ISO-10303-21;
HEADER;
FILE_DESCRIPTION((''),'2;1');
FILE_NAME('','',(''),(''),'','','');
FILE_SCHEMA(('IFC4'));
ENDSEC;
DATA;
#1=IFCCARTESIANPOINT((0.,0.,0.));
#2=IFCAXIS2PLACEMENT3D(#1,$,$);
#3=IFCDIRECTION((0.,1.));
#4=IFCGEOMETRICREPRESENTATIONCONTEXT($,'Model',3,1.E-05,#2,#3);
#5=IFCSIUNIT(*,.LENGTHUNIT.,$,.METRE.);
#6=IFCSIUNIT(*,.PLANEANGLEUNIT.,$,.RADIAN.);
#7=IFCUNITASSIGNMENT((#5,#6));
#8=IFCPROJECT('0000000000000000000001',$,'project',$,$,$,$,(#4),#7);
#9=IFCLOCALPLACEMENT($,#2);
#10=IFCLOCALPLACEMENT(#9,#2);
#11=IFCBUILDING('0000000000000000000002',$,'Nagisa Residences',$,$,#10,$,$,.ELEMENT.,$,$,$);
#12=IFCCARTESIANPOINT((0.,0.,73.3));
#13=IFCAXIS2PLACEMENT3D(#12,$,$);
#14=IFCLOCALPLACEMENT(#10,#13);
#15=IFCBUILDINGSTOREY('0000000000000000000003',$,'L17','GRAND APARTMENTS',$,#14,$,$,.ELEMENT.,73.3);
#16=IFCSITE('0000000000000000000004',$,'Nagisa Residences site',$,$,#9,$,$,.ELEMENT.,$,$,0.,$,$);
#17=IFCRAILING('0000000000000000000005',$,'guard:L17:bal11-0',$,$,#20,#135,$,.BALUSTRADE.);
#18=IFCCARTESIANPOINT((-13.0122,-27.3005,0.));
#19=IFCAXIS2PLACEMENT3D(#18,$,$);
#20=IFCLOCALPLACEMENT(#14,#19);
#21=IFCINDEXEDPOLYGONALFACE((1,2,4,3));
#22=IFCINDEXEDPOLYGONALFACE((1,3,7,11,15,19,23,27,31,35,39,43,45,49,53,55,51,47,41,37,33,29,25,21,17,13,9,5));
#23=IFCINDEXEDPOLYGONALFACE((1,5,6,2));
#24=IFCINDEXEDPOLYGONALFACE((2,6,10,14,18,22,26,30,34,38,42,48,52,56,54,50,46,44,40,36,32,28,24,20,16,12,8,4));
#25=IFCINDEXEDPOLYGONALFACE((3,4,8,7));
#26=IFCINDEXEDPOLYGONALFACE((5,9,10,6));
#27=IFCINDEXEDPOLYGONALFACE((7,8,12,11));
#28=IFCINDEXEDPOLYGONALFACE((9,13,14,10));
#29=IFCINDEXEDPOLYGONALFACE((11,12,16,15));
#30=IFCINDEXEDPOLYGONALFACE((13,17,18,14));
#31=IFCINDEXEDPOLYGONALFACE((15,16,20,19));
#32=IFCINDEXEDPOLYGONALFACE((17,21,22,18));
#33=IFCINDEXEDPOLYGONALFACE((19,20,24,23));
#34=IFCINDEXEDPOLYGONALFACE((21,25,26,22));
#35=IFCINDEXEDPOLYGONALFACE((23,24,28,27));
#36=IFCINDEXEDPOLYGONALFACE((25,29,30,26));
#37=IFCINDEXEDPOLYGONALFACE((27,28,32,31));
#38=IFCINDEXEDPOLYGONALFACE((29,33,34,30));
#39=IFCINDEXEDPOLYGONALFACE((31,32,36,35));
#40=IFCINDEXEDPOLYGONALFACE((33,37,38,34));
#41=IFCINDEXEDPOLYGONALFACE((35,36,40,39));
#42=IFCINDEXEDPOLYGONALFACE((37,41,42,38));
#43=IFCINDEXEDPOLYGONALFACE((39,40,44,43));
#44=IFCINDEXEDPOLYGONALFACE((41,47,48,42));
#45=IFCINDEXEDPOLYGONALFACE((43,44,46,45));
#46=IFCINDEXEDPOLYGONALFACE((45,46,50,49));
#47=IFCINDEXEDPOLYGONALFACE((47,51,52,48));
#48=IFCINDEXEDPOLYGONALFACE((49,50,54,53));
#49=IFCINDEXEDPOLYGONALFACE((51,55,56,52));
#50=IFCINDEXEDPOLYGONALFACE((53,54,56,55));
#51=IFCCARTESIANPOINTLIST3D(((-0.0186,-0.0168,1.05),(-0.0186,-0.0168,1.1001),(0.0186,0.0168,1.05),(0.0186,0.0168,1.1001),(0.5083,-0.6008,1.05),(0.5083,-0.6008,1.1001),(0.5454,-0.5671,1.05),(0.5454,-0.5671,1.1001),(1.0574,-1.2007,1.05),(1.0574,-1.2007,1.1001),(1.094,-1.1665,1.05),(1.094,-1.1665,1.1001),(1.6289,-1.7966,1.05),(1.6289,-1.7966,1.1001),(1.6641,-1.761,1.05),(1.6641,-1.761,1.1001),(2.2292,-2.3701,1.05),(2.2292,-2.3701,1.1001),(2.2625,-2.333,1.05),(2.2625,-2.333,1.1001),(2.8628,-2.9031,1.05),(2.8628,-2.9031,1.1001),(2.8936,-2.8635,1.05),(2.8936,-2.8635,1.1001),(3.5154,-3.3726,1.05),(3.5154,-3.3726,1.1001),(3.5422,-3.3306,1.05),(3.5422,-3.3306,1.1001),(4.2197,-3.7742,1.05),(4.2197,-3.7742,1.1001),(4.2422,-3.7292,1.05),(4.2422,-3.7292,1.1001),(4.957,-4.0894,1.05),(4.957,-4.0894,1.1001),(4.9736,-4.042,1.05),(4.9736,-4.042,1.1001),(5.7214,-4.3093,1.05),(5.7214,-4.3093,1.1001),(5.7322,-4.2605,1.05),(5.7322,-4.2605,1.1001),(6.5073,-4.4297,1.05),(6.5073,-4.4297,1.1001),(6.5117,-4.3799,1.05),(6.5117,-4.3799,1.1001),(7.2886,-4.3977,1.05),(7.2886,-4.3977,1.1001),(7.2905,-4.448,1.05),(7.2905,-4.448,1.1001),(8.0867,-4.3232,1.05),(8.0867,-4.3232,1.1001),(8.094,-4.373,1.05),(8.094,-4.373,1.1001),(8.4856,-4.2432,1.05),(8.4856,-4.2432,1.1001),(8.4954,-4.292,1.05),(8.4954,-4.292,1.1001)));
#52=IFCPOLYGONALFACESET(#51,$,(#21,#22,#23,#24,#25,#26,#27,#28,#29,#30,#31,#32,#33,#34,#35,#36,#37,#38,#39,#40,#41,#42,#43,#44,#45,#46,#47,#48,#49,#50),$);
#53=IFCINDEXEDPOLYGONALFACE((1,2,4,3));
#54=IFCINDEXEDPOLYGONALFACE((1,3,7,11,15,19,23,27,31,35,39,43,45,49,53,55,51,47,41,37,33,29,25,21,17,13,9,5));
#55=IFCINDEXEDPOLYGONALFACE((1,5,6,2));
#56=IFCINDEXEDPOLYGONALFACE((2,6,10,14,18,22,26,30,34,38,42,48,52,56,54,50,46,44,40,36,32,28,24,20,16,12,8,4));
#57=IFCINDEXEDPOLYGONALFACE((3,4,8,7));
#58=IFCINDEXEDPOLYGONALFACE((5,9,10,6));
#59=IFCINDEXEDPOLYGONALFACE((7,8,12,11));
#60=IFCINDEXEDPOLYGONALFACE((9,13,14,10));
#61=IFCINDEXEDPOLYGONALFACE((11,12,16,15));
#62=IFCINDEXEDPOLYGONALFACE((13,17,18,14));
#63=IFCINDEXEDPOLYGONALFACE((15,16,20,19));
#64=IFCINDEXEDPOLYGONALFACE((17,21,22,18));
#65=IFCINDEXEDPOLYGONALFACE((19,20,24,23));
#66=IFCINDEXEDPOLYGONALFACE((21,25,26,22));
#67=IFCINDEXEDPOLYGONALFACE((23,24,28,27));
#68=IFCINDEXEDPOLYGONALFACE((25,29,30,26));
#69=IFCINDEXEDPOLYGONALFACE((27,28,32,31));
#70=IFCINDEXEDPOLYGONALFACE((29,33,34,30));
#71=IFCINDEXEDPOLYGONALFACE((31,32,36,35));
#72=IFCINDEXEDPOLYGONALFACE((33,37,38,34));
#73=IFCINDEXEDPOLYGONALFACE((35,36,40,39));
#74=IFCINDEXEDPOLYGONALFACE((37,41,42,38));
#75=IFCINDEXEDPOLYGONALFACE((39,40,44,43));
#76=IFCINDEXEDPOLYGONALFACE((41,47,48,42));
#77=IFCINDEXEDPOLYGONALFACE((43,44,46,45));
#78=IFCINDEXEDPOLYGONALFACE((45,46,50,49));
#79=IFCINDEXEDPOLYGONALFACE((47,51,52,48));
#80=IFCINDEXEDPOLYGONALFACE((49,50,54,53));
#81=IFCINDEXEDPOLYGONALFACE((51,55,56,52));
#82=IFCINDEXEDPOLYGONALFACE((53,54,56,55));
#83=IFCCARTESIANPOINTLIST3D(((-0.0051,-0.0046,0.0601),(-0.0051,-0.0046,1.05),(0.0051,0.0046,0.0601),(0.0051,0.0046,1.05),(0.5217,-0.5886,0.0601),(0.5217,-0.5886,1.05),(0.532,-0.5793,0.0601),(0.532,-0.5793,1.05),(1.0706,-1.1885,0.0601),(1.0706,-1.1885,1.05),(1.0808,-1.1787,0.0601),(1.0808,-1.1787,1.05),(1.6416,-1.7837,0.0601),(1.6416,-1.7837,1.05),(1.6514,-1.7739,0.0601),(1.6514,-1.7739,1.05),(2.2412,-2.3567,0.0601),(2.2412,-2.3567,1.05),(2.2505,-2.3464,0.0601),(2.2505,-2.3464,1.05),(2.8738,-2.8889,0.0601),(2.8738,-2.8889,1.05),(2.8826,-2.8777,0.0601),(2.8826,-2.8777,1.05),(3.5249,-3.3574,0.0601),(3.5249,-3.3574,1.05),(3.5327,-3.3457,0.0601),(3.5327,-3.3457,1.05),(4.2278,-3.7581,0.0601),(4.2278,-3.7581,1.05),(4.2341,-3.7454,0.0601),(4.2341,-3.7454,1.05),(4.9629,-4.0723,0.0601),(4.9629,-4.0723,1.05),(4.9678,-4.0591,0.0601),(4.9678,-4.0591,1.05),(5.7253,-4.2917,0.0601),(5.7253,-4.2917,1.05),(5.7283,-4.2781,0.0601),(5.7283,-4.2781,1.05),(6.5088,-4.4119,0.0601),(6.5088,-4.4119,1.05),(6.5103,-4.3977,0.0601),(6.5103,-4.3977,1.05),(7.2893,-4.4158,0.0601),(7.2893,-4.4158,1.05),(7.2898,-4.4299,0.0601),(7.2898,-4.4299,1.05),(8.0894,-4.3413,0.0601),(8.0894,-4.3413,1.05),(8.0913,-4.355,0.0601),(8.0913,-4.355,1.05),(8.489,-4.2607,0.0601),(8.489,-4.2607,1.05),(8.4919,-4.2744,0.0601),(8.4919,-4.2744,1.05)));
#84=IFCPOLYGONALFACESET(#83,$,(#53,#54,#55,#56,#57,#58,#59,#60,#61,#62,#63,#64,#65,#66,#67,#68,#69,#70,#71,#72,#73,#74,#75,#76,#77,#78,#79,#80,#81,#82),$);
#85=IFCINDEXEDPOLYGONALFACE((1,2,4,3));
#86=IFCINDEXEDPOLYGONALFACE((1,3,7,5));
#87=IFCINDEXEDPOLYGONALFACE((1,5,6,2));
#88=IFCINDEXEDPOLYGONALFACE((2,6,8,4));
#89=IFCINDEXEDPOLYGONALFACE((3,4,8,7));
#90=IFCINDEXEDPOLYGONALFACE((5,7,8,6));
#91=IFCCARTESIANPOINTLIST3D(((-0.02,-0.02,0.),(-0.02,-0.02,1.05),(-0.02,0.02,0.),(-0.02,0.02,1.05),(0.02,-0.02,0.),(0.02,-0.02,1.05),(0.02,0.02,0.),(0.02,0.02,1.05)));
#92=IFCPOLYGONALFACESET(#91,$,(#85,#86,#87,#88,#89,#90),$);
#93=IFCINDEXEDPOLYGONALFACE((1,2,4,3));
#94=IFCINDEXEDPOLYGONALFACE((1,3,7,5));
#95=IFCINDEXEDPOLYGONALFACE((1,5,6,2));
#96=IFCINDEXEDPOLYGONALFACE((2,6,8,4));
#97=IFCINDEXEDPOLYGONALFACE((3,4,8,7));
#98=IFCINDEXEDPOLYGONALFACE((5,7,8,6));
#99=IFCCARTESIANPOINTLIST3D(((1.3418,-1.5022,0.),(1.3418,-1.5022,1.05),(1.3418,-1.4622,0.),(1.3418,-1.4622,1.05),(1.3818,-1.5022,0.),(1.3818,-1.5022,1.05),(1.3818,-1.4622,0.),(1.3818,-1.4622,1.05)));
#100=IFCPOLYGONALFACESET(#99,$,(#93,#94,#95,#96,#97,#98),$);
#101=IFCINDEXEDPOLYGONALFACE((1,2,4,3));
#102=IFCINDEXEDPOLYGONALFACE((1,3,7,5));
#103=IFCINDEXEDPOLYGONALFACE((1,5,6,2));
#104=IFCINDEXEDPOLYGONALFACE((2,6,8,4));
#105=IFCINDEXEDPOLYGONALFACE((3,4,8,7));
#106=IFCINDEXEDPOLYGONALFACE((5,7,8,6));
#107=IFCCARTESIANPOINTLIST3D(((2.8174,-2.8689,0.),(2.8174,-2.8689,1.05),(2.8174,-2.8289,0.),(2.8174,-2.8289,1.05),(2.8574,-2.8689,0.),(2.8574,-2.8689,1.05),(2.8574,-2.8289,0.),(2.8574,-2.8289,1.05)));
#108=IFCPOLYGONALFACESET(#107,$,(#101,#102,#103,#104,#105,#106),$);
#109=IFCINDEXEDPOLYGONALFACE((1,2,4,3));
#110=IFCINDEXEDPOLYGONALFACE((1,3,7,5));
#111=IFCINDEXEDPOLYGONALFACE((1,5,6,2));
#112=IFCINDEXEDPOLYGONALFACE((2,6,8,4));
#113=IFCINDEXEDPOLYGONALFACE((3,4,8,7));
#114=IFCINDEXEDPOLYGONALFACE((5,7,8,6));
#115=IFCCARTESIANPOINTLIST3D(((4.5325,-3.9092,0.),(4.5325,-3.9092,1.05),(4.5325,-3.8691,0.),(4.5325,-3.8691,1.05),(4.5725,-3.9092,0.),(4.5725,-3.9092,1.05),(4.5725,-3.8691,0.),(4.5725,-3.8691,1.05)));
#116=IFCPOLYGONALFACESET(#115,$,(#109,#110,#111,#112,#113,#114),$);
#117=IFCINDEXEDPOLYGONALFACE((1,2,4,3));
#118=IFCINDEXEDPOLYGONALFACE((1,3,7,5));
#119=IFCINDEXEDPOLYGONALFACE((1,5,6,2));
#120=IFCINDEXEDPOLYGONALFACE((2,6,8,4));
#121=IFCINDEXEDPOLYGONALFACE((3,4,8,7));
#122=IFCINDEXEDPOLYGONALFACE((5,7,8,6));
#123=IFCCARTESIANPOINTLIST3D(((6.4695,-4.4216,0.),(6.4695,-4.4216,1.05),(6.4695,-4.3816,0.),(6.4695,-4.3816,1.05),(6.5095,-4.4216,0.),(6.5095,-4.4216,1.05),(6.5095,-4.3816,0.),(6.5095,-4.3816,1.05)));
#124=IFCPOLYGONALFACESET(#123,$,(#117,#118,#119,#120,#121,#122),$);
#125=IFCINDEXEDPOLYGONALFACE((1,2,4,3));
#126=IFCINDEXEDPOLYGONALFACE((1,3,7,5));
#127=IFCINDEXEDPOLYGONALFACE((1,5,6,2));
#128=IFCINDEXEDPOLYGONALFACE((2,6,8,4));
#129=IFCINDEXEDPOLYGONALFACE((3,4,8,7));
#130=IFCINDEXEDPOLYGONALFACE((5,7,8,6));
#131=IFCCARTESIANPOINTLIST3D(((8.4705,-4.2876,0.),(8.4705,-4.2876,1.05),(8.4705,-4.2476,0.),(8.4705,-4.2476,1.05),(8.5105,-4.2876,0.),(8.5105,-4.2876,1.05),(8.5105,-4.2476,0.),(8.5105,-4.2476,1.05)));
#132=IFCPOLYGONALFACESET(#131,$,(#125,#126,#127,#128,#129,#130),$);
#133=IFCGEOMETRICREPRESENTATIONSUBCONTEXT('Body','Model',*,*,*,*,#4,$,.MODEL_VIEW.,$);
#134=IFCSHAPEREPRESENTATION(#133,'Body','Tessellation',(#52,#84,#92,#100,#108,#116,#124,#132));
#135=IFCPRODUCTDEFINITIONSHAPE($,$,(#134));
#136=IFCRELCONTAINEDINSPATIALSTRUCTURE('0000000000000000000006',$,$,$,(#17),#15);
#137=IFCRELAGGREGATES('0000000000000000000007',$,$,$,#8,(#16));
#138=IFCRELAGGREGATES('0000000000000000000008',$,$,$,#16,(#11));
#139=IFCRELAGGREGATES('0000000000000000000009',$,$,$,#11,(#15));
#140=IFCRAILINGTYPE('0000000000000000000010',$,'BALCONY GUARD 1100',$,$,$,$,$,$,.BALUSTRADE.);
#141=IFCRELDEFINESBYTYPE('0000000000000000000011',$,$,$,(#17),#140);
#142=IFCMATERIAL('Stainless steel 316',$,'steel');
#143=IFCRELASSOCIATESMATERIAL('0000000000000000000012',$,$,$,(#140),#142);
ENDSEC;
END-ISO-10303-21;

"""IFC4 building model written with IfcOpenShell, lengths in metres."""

from ifc_helpers import new_model, si_unit, direction, frame, origin, origin_2d, place, context, subcontext, project, spatial, polyline, rectangle, outline, extrude, material, type_object, element, save


model = new_model("IFC4")

# Units and contexts
model_context = context("Model", 3, precision=1e-05, world=origin(), true_north=direction((0.0, 1.0)))
body_context = subcontext(model_context, "Body", "Model", "MODEL_VIEW")
ifc_project = project(units=[si_unit("LENGTHUNIT", "METRE"), si_unit("PLANEANGLEUNIT", "RADIAN")], contexts=[model_context])

# Site, building, storey
site_placement = place(None, origin())
site = spatial("IfcSite", under=ifc_project, at=site_placement, Name="Nagisa Residences site", CompositionType="ELEMENT", RefElevation=0.0)
building_placement = place(site_placement, origin())
building = spatial("IfcBuilding", under=site, at=building_placement, Name="Nagisa Residences", CompositionType="ELEMENT")
storey_placement = place(building_placement, frame((0.0, 0.0, 73.3)))
storey = spatial("IfcBuildingStorey", under=building, at=storey_placement, Name="L17", Description="GRAND APARTMENTS", CompositionType="ELEMENT", Elevation=73.3)

# Railing
ifc_material_1 = material(Name="Stainless steel 316", Category="steel")
railing_type_1 = type_object("IfcRailingType", Name="BALCONY GUARD 1100", PredefinedType="BALUSTRADE", material=ifc_material_1)
railing_1_placement = place(storey_placement, frame((-13.0122, -27.3005, 0.0)))
element("IfcRailing", 1, at=railing_1_placement, inside=storey, type_object=railing_type_1, Name="guard:L17:bal11-0", PredefinedType="BALUSTRADE", context=body_context, shape_type="SweptSolid", body=[
    extrude(outline(polyline([(0.5454, -0.5671), (0.0186, 0.0168), (-0.0186, -0.0168), (0.5083, -0.6008), (1.0574, -1.2007), (1.6289, -1.7966), (2.2292, -2.3701), (2.8628, -2.9031), (3.5154, -3.3726), (4.2197, -3.7742), (4.957, -4.0894), (5.7214, -4.3093), (6.5073, -4.4297), (7.2905, -4.448), (8.094, -4.373), (8.4954, -4.292), (8.4856, -4.2432), (8.0867, -4.3232), (7.2886, -4.3977), (6.5117, -4.3799), (5.7322, -4.2605), (4.9736, -4.042), (4.2422, -3.7292), (3.5422, -3.3306), (2.8936, -2.8635), (2.2625, -2.333), (1.6641, -1.761), (1.094, -1.1665), (0.5454, -0.5671)])), frame((0.0, 0.0, 1.05)), (0.0, 0.0, 1.0), 0.05),
    extrude(outline(polyline([(0.532, -0.5793), (0.0051, 0.0046), (-0.0051, -0.0046), (0.5217, -0.5886), (1.0706, -1.1885), (1.6416, -1.7837), (2.2412, -2.3567), (2.8738, -2.8889), (3.5249, -3.3574), (4.2278, -3.7581), (4.9629, -4.0723), (5.7253, -4.2917), (6.5088, -4.4119), (7.2898, -4.4299), (8.0913, -4.355), (8.4919, -4.2744), (8.489, -4.2607), (8.0894, -4.3413), (7.2893, -4.4158), (6.5103, -4.3977), (5.7283, -4.2781), (4.9678, -4.0591), (4.2341, -3.7454), (3.5327, -3.3457), (2.8826, -2.8777), (2.2505, -2.3464), (1.6514, -1.7739), (1.0808, -1.1787), (0.532, -0.5793)])), frame((0.0, 0.0, 0.0601)), (0.0, 0.0, 1.0), 0.99),
    extrude(rectangle(XDim=0.04, YDim=0.04, at=origin_2d()), origin(), (0.0, 0.0, 1.0), 1.05),
    extrude(rectangle(XDim=0.04, YDim=0.04, at=origin_2d()), frame((1.3618, -1.4822, 0.0)), (0.0, 0.0, 1.0), 1.05),
    extrude(rectangle(XDim=0.04, YDim=0.04, at=origin_2d()), frame((2.8374, -2.8489, 0.0)), (0.0, 0.0, 1.0), 1.05),
    extrude(rectangle(XDim=0.04, YDim=0.04, at=origin_2d()), frame((4.5525, -3.8892, 0.0)), (0.0, 0.0, 1.0), 1.05),
    extrude(rectangle(XDim=0.04, YDim=0.04, at=origin_2d()), frame((6.4895, -4.4016, 0.0)), (0.0, 0.0, 1.0), 1.05),
    extrude(rectangle(XDim=0.04, YDim=0.04, at=origin_2d()), frame((8.4905, -4.2676, 0.0)), (0.0, 0.0, 1.0), 1.05),
])

save(model, "model.ifc")
